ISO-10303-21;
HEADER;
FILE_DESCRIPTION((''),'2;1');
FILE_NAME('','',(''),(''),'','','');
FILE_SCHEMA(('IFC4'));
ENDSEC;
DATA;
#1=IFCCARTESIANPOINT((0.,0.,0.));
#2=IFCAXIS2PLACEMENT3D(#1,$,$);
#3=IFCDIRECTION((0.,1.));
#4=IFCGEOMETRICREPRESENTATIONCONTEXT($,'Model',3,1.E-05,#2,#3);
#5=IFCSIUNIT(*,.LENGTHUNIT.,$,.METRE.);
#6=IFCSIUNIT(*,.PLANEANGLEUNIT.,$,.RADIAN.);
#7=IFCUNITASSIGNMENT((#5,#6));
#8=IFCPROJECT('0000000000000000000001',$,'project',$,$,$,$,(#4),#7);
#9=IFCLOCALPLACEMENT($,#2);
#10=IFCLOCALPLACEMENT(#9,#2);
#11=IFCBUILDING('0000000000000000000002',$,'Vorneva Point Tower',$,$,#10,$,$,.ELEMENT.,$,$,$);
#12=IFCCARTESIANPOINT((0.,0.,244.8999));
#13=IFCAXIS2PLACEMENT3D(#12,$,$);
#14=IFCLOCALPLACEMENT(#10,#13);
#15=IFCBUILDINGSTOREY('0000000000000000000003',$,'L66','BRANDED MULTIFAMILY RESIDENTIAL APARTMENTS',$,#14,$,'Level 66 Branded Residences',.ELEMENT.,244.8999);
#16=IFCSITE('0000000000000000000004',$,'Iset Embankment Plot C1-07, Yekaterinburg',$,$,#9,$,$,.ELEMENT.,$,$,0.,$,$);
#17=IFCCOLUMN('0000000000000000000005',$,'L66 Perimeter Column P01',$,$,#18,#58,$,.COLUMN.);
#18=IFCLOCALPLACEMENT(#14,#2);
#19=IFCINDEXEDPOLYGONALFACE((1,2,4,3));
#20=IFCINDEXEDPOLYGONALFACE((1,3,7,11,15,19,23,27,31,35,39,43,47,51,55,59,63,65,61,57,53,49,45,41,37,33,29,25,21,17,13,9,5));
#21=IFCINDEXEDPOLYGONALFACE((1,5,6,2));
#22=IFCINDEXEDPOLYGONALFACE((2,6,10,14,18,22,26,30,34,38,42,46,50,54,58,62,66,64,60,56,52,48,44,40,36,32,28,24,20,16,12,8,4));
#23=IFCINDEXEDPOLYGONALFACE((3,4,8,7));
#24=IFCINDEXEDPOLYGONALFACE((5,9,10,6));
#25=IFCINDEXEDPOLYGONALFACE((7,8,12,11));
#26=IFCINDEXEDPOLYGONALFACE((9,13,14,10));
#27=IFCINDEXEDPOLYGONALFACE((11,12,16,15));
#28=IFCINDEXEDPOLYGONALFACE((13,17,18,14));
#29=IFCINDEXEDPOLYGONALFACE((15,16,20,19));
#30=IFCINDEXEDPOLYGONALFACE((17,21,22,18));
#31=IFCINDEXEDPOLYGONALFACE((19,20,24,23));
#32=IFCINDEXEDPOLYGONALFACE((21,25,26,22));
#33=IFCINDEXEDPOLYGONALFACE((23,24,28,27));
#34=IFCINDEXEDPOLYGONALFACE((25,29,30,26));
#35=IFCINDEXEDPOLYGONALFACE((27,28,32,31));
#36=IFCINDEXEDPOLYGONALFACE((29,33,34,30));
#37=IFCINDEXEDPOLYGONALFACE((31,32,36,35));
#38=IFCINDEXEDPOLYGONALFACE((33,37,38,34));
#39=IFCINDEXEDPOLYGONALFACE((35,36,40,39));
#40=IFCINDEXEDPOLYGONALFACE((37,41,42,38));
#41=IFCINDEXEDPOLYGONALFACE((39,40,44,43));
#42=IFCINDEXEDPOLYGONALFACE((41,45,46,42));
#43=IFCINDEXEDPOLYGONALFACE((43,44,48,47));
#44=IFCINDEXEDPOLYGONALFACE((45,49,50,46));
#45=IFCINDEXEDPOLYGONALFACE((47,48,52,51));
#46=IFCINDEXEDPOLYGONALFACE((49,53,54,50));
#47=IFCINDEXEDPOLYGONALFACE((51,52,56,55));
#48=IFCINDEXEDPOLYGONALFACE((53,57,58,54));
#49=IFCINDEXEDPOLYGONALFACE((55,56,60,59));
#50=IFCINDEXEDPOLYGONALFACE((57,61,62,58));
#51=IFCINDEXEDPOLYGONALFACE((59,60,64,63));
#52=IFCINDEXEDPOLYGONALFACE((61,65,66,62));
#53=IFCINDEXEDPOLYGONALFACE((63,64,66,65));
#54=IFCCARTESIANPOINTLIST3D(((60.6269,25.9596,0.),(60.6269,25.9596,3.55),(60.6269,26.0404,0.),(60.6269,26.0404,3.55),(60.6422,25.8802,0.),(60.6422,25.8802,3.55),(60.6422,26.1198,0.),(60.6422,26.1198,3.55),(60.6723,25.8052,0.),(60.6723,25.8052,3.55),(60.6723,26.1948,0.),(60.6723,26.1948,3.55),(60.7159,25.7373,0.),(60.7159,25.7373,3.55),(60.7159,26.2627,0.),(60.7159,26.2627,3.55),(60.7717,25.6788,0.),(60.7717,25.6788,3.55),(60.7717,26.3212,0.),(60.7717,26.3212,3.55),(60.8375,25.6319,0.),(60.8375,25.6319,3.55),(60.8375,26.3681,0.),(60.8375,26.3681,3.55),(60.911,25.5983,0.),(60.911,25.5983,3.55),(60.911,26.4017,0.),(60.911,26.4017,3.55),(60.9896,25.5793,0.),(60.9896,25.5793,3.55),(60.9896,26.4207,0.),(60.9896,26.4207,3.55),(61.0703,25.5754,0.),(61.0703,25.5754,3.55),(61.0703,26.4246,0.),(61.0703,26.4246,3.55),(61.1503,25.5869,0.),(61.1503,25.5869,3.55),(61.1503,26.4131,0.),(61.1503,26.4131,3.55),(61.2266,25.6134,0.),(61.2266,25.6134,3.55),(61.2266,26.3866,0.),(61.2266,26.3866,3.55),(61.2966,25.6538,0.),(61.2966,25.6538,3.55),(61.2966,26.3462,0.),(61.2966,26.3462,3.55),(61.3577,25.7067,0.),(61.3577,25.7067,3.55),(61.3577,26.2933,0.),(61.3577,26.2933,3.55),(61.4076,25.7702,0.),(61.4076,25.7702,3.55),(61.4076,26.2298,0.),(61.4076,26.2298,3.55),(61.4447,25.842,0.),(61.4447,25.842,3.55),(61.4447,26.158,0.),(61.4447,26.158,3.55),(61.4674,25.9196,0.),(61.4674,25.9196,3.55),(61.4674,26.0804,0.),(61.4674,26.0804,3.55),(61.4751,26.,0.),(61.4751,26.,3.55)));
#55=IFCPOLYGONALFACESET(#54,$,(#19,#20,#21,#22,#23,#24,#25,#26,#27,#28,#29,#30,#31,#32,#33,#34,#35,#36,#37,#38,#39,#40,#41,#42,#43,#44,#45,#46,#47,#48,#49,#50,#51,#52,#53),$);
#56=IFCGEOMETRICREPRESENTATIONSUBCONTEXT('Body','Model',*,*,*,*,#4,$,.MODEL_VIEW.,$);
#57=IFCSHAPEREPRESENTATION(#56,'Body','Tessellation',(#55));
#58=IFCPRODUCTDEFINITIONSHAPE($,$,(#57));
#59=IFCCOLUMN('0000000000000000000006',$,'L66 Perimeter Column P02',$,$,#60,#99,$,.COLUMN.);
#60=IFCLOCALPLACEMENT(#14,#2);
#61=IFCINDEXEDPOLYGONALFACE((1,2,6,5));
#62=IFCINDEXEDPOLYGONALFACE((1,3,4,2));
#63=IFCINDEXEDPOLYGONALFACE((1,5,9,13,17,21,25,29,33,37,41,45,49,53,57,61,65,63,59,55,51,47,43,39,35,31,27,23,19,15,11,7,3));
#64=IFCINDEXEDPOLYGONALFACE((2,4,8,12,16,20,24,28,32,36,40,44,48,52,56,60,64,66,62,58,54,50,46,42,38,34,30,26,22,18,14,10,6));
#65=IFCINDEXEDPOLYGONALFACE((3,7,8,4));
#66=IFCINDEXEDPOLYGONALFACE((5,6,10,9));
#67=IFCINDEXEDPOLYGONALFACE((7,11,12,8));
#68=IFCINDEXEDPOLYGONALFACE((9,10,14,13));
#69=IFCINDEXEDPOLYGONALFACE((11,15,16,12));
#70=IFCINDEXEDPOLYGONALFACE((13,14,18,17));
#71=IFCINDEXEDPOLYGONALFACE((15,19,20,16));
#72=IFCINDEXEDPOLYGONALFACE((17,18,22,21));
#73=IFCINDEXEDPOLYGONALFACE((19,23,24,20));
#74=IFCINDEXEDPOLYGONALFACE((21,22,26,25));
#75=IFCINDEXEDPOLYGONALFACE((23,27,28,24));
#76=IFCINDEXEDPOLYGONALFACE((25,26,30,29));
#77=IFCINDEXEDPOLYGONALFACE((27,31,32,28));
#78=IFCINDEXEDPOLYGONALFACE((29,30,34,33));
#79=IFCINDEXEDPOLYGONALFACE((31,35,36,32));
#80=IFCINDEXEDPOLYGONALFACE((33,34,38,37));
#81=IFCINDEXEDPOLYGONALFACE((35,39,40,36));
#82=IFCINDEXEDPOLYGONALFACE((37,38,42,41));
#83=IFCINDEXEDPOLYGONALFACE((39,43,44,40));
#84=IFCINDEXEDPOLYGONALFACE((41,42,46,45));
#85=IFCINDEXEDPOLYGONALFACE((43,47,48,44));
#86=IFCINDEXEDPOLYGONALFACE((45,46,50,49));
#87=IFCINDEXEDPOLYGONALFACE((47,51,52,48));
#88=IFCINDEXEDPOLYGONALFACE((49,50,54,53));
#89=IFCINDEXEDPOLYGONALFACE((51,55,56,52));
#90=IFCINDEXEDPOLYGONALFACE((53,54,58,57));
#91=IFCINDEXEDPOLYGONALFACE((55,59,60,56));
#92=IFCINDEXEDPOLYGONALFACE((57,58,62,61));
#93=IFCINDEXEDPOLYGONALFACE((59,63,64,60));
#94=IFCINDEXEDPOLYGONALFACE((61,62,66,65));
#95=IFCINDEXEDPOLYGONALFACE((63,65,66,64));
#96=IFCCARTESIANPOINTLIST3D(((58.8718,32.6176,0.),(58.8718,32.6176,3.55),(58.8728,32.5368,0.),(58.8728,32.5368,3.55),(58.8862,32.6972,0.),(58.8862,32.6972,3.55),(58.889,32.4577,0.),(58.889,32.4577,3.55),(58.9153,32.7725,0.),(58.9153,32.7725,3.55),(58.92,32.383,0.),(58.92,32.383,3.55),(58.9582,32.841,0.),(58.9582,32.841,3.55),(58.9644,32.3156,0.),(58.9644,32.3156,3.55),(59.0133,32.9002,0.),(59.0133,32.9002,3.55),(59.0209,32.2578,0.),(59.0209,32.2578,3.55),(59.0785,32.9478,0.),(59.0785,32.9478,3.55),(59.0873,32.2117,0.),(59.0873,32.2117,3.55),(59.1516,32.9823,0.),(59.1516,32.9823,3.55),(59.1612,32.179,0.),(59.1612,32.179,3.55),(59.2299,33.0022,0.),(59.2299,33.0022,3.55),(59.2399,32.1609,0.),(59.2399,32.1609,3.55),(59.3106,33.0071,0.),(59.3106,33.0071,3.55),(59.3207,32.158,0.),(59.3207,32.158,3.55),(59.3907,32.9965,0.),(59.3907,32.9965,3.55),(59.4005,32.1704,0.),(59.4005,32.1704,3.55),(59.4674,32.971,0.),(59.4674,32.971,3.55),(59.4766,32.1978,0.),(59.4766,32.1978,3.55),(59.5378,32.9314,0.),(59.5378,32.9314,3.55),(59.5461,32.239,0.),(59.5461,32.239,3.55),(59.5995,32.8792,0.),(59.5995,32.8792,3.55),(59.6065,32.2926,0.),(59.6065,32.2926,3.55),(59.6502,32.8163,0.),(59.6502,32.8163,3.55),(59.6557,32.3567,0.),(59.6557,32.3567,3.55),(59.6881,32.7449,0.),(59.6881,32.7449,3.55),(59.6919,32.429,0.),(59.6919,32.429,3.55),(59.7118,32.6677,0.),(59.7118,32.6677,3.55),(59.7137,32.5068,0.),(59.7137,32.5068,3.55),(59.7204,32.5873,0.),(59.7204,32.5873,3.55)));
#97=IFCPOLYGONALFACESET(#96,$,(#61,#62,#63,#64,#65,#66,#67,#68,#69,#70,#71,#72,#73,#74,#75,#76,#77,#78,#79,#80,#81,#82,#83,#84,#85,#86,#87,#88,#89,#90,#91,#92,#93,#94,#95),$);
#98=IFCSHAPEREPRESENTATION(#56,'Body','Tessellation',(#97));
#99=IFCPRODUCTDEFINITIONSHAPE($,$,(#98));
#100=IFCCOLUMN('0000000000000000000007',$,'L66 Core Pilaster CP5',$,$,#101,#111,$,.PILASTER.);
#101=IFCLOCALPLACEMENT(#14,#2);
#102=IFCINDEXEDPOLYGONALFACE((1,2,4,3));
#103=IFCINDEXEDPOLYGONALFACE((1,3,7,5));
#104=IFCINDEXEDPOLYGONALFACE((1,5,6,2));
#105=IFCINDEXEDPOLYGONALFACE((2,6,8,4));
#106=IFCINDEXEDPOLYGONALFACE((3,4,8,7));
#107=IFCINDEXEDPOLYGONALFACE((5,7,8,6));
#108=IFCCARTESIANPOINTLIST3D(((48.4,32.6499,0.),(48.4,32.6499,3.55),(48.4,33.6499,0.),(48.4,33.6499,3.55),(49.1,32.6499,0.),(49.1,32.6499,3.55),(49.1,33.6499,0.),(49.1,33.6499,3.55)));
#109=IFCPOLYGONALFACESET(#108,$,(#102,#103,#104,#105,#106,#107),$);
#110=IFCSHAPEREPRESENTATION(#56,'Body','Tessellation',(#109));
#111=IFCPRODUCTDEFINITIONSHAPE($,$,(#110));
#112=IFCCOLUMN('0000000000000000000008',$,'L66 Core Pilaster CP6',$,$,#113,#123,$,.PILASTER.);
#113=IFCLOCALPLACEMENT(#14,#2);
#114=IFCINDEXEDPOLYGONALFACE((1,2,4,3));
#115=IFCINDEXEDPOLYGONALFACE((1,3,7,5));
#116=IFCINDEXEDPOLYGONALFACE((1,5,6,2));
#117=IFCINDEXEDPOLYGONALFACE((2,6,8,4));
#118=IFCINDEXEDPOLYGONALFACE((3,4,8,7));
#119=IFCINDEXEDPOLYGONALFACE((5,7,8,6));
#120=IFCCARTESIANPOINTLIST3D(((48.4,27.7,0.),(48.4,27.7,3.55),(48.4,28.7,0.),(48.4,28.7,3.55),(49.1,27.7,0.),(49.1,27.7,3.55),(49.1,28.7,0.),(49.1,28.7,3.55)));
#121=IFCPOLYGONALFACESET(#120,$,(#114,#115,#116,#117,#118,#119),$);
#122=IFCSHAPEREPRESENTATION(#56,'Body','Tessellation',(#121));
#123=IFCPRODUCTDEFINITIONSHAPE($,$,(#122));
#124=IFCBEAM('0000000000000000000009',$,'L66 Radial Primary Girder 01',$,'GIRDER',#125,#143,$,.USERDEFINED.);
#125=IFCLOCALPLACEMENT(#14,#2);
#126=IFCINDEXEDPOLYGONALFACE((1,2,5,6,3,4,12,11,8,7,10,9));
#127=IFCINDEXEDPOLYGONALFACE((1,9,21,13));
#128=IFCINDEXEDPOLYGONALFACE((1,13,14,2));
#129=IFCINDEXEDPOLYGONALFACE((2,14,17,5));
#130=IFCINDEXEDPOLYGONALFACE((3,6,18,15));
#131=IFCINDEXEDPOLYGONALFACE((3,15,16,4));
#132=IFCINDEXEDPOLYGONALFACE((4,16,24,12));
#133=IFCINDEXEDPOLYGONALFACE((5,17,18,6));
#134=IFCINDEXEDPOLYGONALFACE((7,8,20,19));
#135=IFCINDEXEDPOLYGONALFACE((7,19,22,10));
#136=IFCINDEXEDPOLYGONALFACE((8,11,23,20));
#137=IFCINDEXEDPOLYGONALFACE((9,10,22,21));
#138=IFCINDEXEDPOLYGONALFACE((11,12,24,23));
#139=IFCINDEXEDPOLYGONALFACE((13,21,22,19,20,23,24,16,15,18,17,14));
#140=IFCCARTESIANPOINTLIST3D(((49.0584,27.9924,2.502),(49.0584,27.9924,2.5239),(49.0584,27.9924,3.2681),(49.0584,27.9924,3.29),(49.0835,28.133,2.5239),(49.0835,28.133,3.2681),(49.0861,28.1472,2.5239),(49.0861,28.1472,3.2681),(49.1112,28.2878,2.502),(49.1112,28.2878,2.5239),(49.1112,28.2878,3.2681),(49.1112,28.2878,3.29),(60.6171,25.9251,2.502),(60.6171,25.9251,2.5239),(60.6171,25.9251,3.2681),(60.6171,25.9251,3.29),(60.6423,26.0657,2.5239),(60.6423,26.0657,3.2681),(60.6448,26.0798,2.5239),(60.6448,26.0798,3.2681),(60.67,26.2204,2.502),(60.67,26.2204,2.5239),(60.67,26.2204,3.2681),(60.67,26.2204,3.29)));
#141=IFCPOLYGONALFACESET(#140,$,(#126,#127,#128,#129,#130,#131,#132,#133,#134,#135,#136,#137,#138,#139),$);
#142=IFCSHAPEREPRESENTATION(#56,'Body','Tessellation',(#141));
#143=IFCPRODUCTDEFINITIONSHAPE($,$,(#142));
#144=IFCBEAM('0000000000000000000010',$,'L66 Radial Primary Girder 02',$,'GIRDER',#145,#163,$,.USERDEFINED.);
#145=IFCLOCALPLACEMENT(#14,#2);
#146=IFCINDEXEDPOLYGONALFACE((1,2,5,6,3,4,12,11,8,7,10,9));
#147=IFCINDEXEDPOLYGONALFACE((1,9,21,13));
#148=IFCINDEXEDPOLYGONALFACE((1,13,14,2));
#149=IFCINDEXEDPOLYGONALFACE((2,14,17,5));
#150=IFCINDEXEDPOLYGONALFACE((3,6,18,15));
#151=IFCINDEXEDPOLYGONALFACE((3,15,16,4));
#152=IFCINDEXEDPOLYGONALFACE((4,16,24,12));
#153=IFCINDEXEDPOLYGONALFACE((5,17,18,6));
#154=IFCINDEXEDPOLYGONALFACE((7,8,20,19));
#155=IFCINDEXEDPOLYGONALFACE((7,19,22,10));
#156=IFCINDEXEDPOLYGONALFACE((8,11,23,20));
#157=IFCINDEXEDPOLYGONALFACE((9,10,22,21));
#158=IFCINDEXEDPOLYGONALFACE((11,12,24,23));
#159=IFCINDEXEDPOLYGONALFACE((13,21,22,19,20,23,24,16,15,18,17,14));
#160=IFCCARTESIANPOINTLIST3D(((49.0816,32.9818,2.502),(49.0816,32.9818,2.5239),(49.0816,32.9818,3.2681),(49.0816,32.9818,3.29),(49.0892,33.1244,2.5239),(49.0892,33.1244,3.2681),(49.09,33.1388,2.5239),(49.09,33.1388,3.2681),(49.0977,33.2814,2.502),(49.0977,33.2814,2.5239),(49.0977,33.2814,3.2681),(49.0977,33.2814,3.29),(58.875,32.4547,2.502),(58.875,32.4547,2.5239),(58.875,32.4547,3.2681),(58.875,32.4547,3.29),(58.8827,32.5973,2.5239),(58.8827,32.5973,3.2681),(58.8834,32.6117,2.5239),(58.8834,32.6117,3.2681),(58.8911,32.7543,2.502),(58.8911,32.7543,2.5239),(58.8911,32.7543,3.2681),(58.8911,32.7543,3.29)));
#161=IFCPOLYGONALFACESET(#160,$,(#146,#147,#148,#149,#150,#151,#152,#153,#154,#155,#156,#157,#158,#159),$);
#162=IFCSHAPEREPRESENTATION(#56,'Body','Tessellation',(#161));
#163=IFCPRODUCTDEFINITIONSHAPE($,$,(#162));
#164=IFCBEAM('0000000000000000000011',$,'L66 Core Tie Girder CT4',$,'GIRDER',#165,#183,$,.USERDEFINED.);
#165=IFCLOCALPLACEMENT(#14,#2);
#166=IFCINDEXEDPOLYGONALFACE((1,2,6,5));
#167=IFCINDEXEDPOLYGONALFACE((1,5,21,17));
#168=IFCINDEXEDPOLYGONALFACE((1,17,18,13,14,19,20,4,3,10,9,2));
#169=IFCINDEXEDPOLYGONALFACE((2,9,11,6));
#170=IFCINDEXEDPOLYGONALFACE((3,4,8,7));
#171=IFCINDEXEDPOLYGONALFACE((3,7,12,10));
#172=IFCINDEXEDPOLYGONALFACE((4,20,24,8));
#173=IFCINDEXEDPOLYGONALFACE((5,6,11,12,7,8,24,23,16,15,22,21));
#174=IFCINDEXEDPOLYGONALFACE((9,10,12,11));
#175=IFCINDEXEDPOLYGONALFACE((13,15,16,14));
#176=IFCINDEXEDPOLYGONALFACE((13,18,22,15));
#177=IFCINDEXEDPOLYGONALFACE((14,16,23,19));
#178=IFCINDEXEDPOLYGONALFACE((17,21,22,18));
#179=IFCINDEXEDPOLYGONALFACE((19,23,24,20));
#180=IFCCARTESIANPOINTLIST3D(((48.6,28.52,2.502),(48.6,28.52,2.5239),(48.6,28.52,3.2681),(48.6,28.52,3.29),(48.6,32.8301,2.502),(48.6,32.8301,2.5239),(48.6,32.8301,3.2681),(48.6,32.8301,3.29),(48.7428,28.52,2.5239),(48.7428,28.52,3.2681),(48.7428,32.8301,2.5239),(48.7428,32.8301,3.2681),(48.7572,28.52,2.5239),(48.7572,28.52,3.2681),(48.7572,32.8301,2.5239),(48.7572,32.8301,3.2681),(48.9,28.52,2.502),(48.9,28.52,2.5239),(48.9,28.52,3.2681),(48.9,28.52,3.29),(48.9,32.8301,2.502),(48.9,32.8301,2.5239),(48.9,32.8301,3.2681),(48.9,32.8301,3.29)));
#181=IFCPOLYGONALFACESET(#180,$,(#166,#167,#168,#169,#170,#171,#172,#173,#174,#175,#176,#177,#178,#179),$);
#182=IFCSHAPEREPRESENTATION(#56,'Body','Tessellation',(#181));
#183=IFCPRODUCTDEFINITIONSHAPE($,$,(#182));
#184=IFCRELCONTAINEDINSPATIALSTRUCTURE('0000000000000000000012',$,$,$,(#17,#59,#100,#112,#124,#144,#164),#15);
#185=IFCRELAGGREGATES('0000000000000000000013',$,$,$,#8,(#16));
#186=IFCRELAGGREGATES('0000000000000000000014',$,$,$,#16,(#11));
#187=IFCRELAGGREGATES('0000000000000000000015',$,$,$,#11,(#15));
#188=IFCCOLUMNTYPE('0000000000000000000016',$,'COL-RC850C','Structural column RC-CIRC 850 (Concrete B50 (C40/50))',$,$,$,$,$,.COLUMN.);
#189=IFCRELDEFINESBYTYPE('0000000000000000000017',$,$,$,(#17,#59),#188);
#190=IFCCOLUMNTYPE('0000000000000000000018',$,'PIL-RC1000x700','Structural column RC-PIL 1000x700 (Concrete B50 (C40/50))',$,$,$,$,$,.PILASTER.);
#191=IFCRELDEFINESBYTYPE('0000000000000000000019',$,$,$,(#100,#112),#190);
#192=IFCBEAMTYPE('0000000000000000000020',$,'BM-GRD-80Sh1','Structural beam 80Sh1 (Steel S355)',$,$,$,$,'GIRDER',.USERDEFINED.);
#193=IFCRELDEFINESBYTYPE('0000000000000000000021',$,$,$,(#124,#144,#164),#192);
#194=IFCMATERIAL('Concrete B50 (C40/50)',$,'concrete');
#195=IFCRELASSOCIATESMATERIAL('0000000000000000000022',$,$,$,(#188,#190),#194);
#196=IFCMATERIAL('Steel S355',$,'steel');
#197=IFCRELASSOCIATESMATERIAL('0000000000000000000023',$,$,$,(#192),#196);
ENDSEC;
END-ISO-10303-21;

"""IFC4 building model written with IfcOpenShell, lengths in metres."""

from ifc_helpers import new_model, si_unit, direction, frame, origin, origin_2d, place, context, subcontext, project, spatial, rectangle, circle, i_section, extrude, material, material_profile, profile_set, type_object, element, save


model = new_model("IFC4")

# Units and contexts
model_context = context("Model", 3, precision=1e-05, world=origin(), true_north=direction((0.0, 1.0)))
body_context = subcontext(model_context, "Body", "Model", "MODEL_VIEW")
ifc_project = project(units=[si_unit("LENGTHUNIT", "METRE"), si_unit("PLANEANGLEUNIT", "RADIAN")], contexts=[model_context])

# Site, building, storey
site_placement = place(None, origin())
site = spatial("IfcSite", under=ifc_project, at=site_placement, Name="Iset Embankment Plot C1-07, Yekaterinburg", CompositionType="ELEMENT", RefElevation=0.0)
building_placement = place(site_placement, origin())
building = spatial("IfcBuilding", under=site, at=building_placement, Name="Vorneva Point Tower", CompositionType="ELEMENT")
storey_placement = place(building_placement, frame((0.0, 0.0, 244.8999)))
storey = spatial("IfcBuildingStorey", under=building, at=storey_placement, Name="L66", Description="BRANDED MULTIFAMILY RESIDENTIAL APARTMENTS", LongName="Level 66 Branded Residences", CompositionType="ELEMENT", Elevation=244.8999)

# Columns
ifc_material_1 = material(Name="Concrete B50 (C40/50)", Category="concrete")
ifc_material_profile_1 = material_profile(ifc_material_1, circle(Radius=0.425, at=origin_2d()), Name="RC-CIRC 850")
ifc_profile_set_1 = profile_set([ifc_material_profile_1], Name="Concrete B50 (C40/50)")
column_type_1 = type_object("IfcColumnType", Name="COL-RC850C", Description="Structural column RC-CIRC 850 (Concrete B50 (C40/50))", PredefinedType="COLUMN", material=ifc_profile_set_1)
for number, where, z_axis, x_axis, name in (
    (1, (61.05, 26.0, 0.0), (0.0, 0.0, 1.0), (1.0, 0.0, 0.0), "L66 Perimeter Column P01"),
    (2, (59.2954, 32.5823, 0.0), (0.0, 0.0, 1.0), (0.92388, 0.382683, 0.0), "L66 Perimeter Column P02"),
):
    element("IfcColumn", number, at=place(storey_placement, frame(where, z_axis=z_axis, x_axis=x_axis)), inside=storey, type_object=column_type_1, Name=name, PredefinedType="COLUMN", context=body_context, shape_type="SweptSolid", body=[
        extrude(circle(Radius=0.425, at=origin_2d()), origin(), (0.0, 0.0, 1.0), 3.55),
    ])
ifc_material_profile_2 = material_profile(ifc_material_1, rectangle(XDim=0.7, YDim=1.0, at=origin_2d()), Name="RC-PIL 1000x700")
ifc_profile_set_2 = profile_set([ifc_material_profile_2], Name="Concrete B50 (C40/50)")
column_type_2 = type_object("IfcColumnType", Name="PIL-RC1000x700", Description="Structural column RC-PIL 1000x700 (Concrete B50 (C40/50))", PredefinedType="PILASTER", material=ifc_profile_set_2)
for number, where, z_axis, x_axis, name in (
    (3, (48.75, 33.1499, 0.0), (0.0, 0.0, 1.0), (1.0, 0.0, 0.0), "L66 Core Pilaster CP5"),
    (4, (48.75, 28.2, 0.0), (0.0, 0.0, 1.0), (1.0, 0.0, 0.0), "L66 Core Pilaster CP6"),
):
    element("IfcColumn", number, at=place(storey_placement, frame(where, z_axis=z_axis, x_axis=x_axis)), inside=storey, type_object=column_type_2, Name=name, PredefinedType="PILASTER", context=body_context, shape_type="SweptSolid", body=[
        extrude(rectangle(XDim=0.7, YDim=1.0, at=origin_2d()), origin(), (0.0, 0.0, 1.0), 3.55),
    ])

# Beams
ifc_material_2 = material(Name="Steel S355", Category="steel")
ifc_material_profile_3 = material_profile(ifc_material_2, i_section(OverallWidth=0.3, OverallDepth=0.7881, WebThickness=0.0144, FlangeThickness=0.022, at=origin_2d()), Name="80Sh1")
ifc_profile_set_3 = profile_set([ifc_material_profile_3], Name="Steel S355")
beam_type_1 = type_object("IfcBeamType", Name="BM-GRD-80Sh1", Description="Structural beam 80Sh1 (Steel S355)", ElementType="GIRDER", PredefinedType="USERDEFINED", material=ifc_profile_set_3)
beam_1_placement = place(storey_placement, frame((60.6436, 26.0728, 2.896), z_axis=(-0.984379, 0.176063, 0.0), x_axis=(-0.176063, -0.984379, 0.0)))
element("IfcBeam", 5, at=beam_1_placement, inside=storey, type_object=beam_type_1, Name="L66 Radial Primary Girder 01", ObjectType="GIRDER", PredefinedType="USERDEFINED", context=body_context, shape_type="SweptSolid", body=[
    extrude(i_section(OverallWidth=0.3, OverallDepth=0.7881, WebThickness=0.0144, FlangeThickness=0.022, at=origin_2d()), origin(), (0.0, 0.0, 1.0), 11.7422),
])
beam_2_placement = place(storey_placement, frame((58.8831, 32.6045, 2.896), z_axis=(-0.998555, 0.053744, 0.0), x_axis=(-0.053744, -0.998555, 0.0)))
element("IfcBeam", 6, at=beam_2_placement, inside=storey, type_object=beam_type_1, Name="L66 Radial Primary Girder 02", ObjectType="GIRDER", PredefinedType="USERDEFINED", context=body_context, shape_type="SweptSolid", body=[
    extrude(i_section(OverallWidth=0.3, OverallDepth=0.7881, WebThickness=0.0144, FlangeThickness=0.022, at=origin_2d()), origin(), (0.0, 0.0, 1.0), 9.8076),
])
beam_3_placement = place(storey_placement, frame((48.75, 28.52, 2.896), z_axis=(0.0, 1.0, 0.0), x_axis=(-1.0, 0.0, 0.0)))
element("IfcBeam", 7, at=beam_3_placement, inside=storey, type_object=beam_type_1, Name="L66 Core Tie Girder CT4", ObjectType="GIRDER", PredefinedType="USERDEFINED", context=body_context, shape_type="SweptSolid", body=[
    extrude(i_section(OverallWidth=0.3, OverallDepth=0.7881, WebThickness=0.0144, FlangeThickness=0.022, at=origin_2d()), origin(), (0.0, 0.0, 1.0), 4.3101),
])

save(model, "model.ifc")
